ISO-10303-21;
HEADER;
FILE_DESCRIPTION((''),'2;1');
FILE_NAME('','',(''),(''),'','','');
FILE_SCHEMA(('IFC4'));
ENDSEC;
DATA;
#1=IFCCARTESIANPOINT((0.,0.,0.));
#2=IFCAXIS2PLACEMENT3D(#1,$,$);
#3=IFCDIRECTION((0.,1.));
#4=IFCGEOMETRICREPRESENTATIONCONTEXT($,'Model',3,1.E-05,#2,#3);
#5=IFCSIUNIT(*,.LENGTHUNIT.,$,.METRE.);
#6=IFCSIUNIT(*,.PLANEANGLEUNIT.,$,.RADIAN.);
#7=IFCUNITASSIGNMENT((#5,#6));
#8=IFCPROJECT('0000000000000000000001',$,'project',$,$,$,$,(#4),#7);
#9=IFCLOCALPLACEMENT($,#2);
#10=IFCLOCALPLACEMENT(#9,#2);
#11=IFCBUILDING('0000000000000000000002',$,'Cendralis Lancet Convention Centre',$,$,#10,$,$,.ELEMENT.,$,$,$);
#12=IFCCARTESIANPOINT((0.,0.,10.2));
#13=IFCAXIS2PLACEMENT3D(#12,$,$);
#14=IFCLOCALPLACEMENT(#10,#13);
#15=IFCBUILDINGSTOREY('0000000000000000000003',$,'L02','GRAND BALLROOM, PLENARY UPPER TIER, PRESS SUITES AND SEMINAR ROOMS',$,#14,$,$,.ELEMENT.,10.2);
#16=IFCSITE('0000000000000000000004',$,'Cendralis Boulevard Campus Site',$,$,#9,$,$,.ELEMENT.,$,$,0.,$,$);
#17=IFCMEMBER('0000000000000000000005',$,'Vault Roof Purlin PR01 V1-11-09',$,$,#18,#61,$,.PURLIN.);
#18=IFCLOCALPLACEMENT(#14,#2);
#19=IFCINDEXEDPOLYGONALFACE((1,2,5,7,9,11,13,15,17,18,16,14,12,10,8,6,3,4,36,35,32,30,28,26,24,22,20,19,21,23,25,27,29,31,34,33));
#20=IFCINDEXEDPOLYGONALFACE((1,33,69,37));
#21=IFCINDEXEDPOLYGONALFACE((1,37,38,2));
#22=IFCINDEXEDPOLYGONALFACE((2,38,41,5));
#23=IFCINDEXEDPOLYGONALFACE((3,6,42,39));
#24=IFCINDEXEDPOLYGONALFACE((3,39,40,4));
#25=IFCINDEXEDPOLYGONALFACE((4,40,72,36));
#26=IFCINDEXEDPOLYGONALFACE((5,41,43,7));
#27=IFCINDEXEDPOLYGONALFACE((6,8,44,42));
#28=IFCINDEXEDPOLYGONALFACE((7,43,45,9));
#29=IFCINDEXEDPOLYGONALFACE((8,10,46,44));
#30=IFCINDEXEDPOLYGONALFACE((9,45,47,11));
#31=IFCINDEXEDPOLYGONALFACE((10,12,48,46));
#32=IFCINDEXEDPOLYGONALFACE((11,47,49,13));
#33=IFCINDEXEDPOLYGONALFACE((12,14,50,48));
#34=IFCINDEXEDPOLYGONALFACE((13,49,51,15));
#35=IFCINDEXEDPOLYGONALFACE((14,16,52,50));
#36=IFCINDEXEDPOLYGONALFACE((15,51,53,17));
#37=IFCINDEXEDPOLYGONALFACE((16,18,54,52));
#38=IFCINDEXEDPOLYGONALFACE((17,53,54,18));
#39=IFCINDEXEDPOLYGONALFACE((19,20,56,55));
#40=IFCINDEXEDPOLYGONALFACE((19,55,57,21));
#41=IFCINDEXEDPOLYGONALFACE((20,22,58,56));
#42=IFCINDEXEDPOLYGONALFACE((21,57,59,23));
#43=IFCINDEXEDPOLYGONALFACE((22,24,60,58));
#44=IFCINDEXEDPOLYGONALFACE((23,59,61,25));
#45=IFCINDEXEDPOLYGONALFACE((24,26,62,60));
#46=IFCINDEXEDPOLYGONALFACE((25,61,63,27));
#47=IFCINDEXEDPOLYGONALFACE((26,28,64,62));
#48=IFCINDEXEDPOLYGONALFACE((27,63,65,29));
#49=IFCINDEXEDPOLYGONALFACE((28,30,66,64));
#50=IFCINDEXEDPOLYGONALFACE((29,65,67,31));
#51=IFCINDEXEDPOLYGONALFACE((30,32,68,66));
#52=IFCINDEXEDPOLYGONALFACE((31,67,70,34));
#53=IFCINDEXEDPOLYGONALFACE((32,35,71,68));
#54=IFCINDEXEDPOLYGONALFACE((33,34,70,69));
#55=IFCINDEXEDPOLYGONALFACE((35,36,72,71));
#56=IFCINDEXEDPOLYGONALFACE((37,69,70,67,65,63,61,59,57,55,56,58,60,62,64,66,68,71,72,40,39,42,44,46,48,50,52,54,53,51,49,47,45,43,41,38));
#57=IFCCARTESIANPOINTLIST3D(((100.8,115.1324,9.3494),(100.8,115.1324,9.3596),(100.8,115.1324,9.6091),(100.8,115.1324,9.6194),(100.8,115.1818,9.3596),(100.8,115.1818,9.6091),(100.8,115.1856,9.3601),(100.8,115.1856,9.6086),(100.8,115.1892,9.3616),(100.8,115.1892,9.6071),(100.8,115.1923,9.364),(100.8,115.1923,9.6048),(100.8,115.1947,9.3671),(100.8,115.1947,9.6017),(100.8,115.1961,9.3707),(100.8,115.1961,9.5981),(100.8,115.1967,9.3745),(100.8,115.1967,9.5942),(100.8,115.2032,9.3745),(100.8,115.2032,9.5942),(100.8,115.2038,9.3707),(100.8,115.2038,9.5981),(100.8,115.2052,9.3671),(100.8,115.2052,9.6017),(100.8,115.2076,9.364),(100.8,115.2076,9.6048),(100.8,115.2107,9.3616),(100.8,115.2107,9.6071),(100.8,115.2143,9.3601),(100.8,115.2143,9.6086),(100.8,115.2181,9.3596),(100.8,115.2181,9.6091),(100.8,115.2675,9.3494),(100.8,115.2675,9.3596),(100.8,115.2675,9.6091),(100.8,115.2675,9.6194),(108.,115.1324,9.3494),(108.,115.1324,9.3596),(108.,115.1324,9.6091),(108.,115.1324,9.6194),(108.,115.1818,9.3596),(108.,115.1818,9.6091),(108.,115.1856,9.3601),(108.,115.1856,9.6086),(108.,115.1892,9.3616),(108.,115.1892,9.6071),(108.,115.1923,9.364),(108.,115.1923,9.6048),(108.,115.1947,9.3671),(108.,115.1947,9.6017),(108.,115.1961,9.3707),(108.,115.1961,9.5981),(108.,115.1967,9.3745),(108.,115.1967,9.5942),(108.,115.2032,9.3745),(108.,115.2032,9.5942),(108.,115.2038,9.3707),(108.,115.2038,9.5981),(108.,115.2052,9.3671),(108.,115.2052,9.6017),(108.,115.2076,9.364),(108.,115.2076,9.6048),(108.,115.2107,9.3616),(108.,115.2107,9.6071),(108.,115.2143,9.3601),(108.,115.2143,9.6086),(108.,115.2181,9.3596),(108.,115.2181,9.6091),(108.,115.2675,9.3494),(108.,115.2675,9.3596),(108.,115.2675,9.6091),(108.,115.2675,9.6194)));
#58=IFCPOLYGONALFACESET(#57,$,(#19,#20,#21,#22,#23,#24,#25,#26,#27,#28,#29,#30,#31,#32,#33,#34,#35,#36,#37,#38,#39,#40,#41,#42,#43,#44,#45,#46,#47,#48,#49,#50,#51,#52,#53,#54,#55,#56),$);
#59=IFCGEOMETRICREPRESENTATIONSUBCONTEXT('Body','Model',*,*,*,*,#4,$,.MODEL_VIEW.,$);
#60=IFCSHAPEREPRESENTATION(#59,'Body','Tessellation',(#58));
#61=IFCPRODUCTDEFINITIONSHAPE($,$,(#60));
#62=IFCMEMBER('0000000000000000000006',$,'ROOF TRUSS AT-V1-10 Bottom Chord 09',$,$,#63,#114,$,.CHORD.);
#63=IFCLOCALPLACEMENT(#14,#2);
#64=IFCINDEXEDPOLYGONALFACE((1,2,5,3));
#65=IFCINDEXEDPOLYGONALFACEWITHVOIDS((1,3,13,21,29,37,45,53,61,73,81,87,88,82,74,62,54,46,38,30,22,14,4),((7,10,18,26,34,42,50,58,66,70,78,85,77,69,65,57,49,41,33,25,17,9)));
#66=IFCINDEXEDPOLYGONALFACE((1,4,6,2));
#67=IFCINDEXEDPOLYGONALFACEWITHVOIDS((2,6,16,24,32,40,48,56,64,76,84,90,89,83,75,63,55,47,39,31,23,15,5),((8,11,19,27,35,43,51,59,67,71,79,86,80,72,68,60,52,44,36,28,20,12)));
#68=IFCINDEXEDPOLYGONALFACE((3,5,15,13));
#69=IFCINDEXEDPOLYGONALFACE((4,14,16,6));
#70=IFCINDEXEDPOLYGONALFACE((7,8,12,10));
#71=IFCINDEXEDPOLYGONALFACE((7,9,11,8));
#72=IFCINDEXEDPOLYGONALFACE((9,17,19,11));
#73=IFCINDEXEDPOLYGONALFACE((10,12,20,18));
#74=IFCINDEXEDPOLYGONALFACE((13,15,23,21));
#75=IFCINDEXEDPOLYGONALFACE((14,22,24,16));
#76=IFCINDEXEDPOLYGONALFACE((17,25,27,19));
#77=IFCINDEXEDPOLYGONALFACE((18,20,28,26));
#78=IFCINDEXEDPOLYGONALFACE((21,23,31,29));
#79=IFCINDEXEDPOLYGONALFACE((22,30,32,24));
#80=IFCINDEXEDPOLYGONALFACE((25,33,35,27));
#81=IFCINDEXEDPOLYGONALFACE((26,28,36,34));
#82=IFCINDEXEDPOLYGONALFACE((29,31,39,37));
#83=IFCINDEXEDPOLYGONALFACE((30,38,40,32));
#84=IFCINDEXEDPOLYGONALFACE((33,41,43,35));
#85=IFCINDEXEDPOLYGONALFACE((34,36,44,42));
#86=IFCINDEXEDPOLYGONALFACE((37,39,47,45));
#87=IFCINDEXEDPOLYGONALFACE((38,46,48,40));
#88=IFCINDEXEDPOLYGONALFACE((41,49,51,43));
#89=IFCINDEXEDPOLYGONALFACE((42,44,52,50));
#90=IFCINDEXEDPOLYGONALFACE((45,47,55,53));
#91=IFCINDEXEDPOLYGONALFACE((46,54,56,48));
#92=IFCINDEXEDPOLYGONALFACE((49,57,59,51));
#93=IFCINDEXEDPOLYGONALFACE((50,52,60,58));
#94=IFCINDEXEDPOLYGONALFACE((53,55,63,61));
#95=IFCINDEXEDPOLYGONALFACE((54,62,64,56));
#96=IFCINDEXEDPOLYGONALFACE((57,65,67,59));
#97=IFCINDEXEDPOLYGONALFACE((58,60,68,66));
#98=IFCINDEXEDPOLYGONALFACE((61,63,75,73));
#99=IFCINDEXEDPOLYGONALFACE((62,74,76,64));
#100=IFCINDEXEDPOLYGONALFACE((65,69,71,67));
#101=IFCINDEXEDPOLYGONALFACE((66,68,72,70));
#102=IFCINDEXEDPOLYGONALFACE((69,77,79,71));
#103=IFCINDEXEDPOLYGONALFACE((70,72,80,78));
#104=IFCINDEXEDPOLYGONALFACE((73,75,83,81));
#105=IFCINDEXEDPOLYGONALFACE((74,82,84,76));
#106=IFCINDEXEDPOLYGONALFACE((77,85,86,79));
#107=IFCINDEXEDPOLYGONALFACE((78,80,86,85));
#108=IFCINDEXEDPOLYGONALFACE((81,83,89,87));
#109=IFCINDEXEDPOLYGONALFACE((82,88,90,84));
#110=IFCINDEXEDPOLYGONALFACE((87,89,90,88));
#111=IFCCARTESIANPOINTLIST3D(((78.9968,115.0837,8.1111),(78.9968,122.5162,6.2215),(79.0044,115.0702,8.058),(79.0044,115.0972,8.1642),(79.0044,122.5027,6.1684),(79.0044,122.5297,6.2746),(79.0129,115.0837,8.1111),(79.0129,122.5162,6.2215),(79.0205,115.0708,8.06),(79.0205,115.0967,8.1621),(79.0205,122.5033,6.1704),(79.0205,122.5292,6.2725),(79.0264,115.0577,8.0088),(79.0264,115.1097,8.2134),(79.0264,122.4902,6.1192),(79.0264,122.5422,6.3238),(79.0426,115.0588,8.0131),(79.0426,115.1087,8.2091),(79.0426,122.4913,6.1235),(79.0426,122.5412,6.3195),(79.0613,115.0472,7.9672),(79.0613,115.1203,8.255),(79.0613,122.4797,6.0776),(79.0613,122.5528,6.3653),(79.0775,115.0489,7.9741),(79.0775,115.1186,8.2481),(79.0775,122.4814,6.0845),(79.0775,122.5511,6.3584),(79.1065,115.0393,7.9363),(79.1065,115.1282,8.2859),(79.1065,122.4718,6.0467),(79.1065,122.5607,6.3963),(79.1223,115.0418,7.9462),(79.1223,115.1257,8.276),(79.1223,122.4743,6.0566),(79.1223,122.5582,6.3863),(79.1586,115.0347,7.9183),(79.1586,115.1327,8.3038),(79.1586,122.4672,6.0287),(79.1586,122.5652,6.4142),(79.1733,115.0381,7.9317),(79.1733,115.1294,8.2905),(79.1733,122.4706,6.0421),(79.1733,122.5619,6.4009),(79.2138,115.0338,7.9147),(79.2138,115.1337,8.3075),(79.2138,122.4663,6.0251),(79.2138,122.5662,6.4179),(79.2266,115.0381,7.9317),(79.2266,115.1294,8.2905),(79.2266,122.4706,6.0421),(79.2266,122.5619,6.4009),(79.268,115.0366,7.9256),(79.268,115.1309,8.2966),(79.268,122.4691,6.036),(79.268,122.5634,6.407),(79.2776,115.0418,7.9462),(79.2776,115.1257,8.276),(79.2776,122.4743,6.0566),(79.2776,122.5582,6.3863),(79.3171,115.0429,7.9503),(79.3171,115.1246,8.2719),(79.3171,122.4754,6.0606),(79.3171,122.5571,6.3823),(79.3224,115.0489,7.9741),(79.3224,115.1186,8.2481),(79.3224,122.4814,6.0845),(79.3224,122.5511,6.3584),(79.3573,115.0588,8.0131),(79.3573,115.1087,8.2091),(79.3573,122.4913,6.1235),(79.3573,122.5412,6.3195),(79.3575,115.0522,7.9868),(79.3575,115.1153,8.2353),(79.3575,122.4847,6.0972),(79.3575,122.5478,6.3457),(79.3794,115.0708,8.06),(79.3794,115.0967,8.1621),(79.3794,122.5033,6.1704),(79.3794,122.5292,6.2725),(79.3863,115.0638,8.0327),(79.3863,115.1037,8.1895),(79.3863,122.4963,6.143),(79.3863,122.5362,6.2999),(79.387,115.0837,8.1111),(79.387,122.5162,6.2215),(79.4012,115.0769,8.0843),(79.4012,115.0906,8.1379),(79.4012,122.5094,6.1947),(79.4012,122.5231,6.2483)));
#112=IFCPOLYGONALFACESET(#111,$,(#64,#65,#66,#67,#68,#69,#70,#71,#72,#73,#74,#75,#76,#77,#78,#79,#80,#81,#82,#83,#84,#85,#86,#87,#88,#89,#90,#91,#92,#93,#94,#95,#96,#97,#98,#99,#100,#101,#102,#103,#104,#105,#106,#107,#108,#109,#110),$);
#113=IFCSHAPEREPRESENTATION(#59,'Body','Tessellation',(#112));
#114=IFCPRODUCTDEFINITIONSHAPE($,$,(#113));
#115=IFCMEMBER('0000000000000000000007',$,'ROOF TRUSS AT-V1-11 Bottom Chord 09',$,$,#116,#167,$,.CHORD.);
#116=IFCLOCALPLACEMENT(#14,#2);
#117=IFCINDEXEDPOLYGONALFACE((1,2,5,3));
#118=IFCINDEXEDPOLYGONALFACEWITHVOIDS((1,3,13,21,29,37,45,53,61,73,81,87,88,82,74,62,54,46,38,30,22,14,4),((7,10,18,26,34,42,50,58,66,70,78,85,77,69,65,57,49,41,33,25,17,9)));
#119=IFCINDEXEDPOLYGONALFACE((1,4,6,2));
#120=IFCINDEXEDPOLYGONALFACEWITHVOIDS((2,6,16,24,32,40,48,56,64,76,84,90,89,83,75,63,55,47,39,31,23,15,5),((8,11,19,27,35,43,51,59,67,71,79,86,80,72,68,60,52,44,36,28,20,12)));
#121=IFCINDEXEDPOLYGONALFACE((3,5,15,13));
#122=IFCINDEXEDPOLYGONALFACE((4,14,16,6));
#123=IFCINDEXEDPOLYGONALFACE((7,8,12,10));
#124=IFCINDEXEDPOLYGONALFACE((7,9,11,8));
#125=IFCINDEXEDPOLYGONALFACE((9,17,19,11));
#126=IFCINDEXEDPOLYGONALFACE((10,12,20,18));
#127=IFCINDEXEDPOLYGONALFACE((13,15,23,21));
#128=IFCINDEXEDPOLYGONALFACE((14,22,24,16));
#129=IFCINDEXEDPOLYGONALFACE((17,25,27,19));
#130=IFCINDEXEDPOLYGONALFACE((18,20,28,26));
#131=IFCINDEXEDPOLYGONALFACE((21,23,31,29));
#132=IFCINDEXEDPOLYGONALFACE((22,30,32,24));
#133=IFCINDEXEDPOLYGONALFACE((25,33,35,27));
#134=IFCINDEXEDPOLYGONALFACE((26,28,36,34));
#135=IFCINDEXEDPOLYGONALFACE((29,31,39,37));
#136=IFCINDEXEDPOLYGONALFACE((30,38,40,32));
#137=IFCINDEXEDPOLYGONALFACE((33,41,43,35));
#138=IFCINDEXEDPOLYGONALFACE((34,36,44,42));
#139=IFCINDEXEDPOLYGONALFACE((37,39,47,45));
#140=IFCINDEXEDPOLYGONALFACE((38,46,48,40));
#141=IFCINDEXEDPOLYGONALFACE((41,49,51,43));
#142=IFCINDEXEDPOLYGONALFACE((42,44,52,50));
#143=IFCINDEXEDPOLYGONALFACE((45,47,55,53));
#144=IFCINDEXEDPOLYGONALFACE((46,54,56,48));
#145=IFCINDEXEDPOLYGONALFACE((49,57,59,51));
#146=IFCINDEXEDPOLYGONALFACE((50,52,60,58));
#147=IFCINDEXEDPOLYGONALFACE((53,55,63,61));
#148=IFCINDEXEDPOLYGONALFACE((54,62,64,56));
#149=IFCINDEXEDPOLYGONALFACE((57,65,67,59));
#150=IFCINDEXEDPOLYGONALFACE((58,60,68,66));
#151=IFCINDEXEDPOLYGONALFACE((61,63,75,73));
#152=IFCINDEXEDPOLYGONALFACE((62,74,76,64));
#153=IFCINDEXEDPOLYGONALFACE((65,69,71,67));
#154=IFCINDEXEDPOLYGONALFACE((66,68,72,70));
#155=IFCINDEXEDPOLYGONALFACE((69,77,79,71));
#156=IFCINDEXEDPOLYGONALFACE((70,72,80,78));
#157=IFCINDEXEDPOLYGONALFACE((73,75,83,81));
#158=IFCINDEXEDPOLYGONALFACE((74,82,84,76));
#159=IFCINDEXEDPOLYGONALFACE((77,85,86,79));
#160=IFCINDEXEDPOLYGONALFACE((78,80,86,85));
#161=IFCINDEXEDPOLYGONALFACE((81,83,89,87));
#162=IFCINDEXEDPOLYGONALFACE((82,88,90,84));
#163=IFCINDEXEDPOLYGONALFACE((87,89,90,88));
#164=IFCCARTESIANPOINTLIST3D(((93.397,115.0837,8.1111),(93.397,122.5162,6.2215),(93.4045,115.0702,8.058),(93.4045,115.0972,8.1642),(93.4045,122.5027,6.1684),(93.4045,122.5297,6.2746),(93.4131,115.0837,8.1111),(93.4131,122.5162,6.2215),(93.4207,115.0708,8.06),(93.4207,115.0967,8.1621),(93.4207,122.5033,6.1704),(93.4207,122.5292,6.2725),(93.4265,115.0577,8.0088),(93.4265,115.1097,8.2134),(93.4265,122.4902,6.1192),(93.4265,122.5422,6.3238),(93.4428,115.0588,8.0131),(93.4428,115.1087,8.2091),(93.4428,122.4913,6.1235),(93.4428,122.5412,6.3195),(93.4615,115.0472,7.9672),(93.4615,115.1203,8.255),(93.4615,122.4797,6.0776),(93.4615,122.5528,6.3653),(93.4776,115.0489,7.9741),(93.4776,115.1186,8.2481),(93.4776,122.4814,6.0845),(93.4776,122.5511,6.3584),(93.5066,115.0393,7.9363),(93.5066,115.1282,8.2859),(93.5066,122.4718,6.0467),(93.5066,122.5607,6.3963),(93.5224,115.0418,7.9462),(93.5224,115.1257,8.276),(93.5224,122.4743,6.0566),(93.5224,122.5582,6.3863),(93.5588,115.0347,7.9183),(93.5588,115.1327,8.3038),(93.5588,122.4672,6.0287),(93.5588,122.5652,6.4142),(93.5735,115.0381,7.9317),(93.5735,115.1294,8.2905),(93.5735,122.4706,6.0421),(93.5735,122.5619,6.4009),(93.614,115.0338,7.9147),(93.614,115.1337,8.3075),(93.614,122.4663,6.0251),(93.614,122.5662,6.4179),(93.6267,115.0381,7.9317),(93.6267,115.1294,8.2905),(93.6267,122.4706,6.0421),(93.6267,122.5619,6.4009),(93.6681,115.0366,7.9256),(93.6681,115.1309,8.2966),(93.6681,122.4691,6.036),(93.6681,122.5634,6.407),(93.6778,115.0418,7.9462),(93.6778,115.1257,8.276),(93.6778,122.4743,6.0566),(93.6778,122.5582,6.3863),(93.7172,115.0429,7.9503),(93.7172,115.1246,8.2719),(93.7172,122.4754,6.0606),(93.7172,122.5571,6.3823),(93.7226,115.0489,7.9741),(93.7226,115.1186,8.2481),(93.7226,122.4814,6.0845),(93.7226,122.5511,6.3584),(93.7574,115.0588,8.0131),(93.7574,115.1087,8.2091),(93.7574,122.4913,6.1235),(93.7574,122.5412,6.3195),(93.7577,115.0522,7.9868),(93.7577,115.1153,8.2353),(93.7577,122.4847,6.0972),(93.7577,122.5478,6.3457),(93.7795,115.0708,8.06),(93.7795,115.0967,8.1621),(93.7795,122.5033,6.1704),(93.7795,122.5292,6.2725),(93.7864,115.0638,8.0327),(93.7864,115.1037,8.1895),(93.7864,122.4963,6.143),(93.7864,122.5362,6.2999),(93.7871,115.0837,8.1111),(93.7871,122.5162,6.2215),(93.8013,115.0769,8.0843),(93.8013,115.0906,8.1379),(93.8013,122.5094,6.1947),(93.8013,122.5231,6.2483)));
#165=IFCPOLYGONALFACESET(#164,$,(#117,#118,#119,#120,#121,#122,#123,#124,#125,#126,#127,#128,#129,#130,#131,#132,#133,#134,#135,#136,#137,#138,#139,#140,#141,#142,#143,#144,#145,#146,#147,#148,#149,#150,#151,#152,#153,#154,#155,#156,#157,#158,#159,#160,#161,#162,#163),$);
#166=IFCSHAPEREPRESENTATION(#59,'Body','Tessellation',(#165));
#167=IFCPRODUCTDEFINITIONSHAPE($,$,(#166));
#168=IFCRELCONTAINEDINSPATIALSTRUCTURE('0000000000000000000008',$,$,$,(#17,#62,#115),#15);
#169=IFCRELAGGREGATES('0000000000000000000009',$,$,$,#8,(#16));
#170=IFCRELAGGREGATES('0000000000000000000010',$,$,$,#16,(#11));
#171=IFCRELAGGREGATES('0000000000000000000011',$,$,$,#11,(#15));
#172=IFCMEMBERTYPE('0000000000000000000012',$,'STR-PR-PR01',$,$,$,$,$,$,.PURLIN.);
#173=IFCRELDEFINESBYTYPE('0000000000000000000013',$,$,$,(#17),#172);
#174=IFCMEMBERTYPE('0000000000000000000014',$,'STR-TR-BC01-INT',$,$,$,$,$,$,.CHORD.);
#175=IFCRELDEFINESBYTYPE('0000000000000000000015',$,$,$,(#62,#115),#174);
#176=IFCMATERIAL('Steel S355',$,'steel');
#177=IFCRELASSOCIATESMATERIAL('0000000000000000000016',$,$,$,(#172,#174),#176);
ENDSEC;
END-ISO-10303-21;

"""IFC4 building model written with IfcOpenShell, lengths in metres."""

from ifc_helpers import new_model, si_unit, direction, frame, origin, origin_2d, place, context, subcontext, project, spatial, hollow_circle, i_section, extrude, material, material_profile, profile_set, type_object, element, save


model = new_model("IFC4")

# Units and contexts
model_context = context("Model", 3, precision=1e-05, world=origin(), true_north=direction((0.0, 1.0)))
body_context = subcontext(model_context, "Body", "Model", "MODEL_VIEW")
ifc_project = project(units=[si_unit("LENGTHUNIT", "METRE"), si_unit("PLANEANGLEUNIT", "RADIAN")], contexts=[model_context])

# Site, building, storey
site_placement = place(None, origin())
site = spatial("IfcSite", under=ifc_project, at=site_placement, Name="Cendralis Boulevard Campus Site", CompositionType="ELEMENT", RefElevation=0.0)
building_placement = place(site_placement, origin())
building = spatial("IfcBuilding", under=site, at=building_placement, Name="Cendralis Lancet Convention Centre", CompositionType="ELEMENT")
storey_placement = place(building_placement, frame((0.0, 0.0, 10.2)))
storey = spatial("IfcBuildingStorey", under=building, at=storey_placement, Name="L02", Description="GRAND BALLROOM, PLENARY UPPER TIER, PRESS SUITES AND SEMINAR ROOMS", CompositionType="ELEMENT", Elevation=10.2)

# Members
ifc_material = material(Name="Steel S355", Category="steel")
ifc_material_profile_1 = material_profile(ifc_material, i_section(OverallWidth=0.135, OverallDepth=0.27, WebThickness=0.0066, FlangeThickness=0.0103, FilletRadius=0.0149, at=origin_2d()), Name="IPE 270")
ifc_profile_set_1 = profile_set([ifc_material_profile_1], Name="Steel S355")
member_type_1 = type_object("IfcMemberType", Name="STR-PR-PR01", PredefinedType="PURLIN", material=ifc_profile_set_1)
for number, where, z_axis, x_axis, name in (
    (1, (100.8, 115.2, 9.4844), (1.0, 0.0, 0.0), (0.0, 1.0, 0.0), "Vault Roof Purlin PR01 V1-11-09"),
):
    element("IfcMember", number, at=place(storey_placement, frame(where, z_axis=z_axis, x_axis=x_axis)), inside=storey, type_object=member_type_1, Name=name, PredefinedType="PURLIN", context=body_context, shape_type="SweptSolid", body=[
        extrude(i_section(OverallWidth=0.135, OverallDepth=0.27, WebThickness=0.0066, FlangeThickness=0.0103, FilletRadius=0.0149, at=origin_2d()), origin(), (0.0, 0.0, 1.0), 7.2),
    ])
ifc_material_profile_2 = material_profile(ifc_material, hollow_circle(Radius=0.2031, WallThickness=0.0161, at=origin_2d()), Name="CHS 406.4x16.0")
ifc_profile_set_2 = profile_set([ifc_material_profile_2], Name="Steel S355")
member_type_2 = type_object("IfcMemberType", Name="STR-TR-BC01-INT", PredefinedType="CHORD", material=ifc_profile_set_2)
for number, where, z_axis, x_axis, name in (
    (2, (79.2, 115.0837, 8.1111), (0.0, 0.969169, -0.246399), (-1.0, 0.0, 0.0), "ROOF TRUSS AT-V1-10 Bottom Chord 09"),
    (3, (93.6001, 115.0837, 8.1111), (0.0, 0.969169, -0.246399), (-1.0, 0.0, 0.0), "ROOF TRUSS AT-V1-11 Bottom Chord 09"),
):
    element("IfcMember", number, at=place(storey_placement, frame(where, z_axis=z_axis, x_axis=x_axis)), inside=storey, type_object=member_type_2, Name=name, PredefinedType="CHORD", context=body_context, shape_type="SweptSolid", body=[
        extrude(hollow_circle(Radius=0.2031, WallThickness=0.0161, at=origin_2d()), origin(), (0.0, 0.0, 1.0), 7.6689),
    ])

save(model, "model.ifc")
